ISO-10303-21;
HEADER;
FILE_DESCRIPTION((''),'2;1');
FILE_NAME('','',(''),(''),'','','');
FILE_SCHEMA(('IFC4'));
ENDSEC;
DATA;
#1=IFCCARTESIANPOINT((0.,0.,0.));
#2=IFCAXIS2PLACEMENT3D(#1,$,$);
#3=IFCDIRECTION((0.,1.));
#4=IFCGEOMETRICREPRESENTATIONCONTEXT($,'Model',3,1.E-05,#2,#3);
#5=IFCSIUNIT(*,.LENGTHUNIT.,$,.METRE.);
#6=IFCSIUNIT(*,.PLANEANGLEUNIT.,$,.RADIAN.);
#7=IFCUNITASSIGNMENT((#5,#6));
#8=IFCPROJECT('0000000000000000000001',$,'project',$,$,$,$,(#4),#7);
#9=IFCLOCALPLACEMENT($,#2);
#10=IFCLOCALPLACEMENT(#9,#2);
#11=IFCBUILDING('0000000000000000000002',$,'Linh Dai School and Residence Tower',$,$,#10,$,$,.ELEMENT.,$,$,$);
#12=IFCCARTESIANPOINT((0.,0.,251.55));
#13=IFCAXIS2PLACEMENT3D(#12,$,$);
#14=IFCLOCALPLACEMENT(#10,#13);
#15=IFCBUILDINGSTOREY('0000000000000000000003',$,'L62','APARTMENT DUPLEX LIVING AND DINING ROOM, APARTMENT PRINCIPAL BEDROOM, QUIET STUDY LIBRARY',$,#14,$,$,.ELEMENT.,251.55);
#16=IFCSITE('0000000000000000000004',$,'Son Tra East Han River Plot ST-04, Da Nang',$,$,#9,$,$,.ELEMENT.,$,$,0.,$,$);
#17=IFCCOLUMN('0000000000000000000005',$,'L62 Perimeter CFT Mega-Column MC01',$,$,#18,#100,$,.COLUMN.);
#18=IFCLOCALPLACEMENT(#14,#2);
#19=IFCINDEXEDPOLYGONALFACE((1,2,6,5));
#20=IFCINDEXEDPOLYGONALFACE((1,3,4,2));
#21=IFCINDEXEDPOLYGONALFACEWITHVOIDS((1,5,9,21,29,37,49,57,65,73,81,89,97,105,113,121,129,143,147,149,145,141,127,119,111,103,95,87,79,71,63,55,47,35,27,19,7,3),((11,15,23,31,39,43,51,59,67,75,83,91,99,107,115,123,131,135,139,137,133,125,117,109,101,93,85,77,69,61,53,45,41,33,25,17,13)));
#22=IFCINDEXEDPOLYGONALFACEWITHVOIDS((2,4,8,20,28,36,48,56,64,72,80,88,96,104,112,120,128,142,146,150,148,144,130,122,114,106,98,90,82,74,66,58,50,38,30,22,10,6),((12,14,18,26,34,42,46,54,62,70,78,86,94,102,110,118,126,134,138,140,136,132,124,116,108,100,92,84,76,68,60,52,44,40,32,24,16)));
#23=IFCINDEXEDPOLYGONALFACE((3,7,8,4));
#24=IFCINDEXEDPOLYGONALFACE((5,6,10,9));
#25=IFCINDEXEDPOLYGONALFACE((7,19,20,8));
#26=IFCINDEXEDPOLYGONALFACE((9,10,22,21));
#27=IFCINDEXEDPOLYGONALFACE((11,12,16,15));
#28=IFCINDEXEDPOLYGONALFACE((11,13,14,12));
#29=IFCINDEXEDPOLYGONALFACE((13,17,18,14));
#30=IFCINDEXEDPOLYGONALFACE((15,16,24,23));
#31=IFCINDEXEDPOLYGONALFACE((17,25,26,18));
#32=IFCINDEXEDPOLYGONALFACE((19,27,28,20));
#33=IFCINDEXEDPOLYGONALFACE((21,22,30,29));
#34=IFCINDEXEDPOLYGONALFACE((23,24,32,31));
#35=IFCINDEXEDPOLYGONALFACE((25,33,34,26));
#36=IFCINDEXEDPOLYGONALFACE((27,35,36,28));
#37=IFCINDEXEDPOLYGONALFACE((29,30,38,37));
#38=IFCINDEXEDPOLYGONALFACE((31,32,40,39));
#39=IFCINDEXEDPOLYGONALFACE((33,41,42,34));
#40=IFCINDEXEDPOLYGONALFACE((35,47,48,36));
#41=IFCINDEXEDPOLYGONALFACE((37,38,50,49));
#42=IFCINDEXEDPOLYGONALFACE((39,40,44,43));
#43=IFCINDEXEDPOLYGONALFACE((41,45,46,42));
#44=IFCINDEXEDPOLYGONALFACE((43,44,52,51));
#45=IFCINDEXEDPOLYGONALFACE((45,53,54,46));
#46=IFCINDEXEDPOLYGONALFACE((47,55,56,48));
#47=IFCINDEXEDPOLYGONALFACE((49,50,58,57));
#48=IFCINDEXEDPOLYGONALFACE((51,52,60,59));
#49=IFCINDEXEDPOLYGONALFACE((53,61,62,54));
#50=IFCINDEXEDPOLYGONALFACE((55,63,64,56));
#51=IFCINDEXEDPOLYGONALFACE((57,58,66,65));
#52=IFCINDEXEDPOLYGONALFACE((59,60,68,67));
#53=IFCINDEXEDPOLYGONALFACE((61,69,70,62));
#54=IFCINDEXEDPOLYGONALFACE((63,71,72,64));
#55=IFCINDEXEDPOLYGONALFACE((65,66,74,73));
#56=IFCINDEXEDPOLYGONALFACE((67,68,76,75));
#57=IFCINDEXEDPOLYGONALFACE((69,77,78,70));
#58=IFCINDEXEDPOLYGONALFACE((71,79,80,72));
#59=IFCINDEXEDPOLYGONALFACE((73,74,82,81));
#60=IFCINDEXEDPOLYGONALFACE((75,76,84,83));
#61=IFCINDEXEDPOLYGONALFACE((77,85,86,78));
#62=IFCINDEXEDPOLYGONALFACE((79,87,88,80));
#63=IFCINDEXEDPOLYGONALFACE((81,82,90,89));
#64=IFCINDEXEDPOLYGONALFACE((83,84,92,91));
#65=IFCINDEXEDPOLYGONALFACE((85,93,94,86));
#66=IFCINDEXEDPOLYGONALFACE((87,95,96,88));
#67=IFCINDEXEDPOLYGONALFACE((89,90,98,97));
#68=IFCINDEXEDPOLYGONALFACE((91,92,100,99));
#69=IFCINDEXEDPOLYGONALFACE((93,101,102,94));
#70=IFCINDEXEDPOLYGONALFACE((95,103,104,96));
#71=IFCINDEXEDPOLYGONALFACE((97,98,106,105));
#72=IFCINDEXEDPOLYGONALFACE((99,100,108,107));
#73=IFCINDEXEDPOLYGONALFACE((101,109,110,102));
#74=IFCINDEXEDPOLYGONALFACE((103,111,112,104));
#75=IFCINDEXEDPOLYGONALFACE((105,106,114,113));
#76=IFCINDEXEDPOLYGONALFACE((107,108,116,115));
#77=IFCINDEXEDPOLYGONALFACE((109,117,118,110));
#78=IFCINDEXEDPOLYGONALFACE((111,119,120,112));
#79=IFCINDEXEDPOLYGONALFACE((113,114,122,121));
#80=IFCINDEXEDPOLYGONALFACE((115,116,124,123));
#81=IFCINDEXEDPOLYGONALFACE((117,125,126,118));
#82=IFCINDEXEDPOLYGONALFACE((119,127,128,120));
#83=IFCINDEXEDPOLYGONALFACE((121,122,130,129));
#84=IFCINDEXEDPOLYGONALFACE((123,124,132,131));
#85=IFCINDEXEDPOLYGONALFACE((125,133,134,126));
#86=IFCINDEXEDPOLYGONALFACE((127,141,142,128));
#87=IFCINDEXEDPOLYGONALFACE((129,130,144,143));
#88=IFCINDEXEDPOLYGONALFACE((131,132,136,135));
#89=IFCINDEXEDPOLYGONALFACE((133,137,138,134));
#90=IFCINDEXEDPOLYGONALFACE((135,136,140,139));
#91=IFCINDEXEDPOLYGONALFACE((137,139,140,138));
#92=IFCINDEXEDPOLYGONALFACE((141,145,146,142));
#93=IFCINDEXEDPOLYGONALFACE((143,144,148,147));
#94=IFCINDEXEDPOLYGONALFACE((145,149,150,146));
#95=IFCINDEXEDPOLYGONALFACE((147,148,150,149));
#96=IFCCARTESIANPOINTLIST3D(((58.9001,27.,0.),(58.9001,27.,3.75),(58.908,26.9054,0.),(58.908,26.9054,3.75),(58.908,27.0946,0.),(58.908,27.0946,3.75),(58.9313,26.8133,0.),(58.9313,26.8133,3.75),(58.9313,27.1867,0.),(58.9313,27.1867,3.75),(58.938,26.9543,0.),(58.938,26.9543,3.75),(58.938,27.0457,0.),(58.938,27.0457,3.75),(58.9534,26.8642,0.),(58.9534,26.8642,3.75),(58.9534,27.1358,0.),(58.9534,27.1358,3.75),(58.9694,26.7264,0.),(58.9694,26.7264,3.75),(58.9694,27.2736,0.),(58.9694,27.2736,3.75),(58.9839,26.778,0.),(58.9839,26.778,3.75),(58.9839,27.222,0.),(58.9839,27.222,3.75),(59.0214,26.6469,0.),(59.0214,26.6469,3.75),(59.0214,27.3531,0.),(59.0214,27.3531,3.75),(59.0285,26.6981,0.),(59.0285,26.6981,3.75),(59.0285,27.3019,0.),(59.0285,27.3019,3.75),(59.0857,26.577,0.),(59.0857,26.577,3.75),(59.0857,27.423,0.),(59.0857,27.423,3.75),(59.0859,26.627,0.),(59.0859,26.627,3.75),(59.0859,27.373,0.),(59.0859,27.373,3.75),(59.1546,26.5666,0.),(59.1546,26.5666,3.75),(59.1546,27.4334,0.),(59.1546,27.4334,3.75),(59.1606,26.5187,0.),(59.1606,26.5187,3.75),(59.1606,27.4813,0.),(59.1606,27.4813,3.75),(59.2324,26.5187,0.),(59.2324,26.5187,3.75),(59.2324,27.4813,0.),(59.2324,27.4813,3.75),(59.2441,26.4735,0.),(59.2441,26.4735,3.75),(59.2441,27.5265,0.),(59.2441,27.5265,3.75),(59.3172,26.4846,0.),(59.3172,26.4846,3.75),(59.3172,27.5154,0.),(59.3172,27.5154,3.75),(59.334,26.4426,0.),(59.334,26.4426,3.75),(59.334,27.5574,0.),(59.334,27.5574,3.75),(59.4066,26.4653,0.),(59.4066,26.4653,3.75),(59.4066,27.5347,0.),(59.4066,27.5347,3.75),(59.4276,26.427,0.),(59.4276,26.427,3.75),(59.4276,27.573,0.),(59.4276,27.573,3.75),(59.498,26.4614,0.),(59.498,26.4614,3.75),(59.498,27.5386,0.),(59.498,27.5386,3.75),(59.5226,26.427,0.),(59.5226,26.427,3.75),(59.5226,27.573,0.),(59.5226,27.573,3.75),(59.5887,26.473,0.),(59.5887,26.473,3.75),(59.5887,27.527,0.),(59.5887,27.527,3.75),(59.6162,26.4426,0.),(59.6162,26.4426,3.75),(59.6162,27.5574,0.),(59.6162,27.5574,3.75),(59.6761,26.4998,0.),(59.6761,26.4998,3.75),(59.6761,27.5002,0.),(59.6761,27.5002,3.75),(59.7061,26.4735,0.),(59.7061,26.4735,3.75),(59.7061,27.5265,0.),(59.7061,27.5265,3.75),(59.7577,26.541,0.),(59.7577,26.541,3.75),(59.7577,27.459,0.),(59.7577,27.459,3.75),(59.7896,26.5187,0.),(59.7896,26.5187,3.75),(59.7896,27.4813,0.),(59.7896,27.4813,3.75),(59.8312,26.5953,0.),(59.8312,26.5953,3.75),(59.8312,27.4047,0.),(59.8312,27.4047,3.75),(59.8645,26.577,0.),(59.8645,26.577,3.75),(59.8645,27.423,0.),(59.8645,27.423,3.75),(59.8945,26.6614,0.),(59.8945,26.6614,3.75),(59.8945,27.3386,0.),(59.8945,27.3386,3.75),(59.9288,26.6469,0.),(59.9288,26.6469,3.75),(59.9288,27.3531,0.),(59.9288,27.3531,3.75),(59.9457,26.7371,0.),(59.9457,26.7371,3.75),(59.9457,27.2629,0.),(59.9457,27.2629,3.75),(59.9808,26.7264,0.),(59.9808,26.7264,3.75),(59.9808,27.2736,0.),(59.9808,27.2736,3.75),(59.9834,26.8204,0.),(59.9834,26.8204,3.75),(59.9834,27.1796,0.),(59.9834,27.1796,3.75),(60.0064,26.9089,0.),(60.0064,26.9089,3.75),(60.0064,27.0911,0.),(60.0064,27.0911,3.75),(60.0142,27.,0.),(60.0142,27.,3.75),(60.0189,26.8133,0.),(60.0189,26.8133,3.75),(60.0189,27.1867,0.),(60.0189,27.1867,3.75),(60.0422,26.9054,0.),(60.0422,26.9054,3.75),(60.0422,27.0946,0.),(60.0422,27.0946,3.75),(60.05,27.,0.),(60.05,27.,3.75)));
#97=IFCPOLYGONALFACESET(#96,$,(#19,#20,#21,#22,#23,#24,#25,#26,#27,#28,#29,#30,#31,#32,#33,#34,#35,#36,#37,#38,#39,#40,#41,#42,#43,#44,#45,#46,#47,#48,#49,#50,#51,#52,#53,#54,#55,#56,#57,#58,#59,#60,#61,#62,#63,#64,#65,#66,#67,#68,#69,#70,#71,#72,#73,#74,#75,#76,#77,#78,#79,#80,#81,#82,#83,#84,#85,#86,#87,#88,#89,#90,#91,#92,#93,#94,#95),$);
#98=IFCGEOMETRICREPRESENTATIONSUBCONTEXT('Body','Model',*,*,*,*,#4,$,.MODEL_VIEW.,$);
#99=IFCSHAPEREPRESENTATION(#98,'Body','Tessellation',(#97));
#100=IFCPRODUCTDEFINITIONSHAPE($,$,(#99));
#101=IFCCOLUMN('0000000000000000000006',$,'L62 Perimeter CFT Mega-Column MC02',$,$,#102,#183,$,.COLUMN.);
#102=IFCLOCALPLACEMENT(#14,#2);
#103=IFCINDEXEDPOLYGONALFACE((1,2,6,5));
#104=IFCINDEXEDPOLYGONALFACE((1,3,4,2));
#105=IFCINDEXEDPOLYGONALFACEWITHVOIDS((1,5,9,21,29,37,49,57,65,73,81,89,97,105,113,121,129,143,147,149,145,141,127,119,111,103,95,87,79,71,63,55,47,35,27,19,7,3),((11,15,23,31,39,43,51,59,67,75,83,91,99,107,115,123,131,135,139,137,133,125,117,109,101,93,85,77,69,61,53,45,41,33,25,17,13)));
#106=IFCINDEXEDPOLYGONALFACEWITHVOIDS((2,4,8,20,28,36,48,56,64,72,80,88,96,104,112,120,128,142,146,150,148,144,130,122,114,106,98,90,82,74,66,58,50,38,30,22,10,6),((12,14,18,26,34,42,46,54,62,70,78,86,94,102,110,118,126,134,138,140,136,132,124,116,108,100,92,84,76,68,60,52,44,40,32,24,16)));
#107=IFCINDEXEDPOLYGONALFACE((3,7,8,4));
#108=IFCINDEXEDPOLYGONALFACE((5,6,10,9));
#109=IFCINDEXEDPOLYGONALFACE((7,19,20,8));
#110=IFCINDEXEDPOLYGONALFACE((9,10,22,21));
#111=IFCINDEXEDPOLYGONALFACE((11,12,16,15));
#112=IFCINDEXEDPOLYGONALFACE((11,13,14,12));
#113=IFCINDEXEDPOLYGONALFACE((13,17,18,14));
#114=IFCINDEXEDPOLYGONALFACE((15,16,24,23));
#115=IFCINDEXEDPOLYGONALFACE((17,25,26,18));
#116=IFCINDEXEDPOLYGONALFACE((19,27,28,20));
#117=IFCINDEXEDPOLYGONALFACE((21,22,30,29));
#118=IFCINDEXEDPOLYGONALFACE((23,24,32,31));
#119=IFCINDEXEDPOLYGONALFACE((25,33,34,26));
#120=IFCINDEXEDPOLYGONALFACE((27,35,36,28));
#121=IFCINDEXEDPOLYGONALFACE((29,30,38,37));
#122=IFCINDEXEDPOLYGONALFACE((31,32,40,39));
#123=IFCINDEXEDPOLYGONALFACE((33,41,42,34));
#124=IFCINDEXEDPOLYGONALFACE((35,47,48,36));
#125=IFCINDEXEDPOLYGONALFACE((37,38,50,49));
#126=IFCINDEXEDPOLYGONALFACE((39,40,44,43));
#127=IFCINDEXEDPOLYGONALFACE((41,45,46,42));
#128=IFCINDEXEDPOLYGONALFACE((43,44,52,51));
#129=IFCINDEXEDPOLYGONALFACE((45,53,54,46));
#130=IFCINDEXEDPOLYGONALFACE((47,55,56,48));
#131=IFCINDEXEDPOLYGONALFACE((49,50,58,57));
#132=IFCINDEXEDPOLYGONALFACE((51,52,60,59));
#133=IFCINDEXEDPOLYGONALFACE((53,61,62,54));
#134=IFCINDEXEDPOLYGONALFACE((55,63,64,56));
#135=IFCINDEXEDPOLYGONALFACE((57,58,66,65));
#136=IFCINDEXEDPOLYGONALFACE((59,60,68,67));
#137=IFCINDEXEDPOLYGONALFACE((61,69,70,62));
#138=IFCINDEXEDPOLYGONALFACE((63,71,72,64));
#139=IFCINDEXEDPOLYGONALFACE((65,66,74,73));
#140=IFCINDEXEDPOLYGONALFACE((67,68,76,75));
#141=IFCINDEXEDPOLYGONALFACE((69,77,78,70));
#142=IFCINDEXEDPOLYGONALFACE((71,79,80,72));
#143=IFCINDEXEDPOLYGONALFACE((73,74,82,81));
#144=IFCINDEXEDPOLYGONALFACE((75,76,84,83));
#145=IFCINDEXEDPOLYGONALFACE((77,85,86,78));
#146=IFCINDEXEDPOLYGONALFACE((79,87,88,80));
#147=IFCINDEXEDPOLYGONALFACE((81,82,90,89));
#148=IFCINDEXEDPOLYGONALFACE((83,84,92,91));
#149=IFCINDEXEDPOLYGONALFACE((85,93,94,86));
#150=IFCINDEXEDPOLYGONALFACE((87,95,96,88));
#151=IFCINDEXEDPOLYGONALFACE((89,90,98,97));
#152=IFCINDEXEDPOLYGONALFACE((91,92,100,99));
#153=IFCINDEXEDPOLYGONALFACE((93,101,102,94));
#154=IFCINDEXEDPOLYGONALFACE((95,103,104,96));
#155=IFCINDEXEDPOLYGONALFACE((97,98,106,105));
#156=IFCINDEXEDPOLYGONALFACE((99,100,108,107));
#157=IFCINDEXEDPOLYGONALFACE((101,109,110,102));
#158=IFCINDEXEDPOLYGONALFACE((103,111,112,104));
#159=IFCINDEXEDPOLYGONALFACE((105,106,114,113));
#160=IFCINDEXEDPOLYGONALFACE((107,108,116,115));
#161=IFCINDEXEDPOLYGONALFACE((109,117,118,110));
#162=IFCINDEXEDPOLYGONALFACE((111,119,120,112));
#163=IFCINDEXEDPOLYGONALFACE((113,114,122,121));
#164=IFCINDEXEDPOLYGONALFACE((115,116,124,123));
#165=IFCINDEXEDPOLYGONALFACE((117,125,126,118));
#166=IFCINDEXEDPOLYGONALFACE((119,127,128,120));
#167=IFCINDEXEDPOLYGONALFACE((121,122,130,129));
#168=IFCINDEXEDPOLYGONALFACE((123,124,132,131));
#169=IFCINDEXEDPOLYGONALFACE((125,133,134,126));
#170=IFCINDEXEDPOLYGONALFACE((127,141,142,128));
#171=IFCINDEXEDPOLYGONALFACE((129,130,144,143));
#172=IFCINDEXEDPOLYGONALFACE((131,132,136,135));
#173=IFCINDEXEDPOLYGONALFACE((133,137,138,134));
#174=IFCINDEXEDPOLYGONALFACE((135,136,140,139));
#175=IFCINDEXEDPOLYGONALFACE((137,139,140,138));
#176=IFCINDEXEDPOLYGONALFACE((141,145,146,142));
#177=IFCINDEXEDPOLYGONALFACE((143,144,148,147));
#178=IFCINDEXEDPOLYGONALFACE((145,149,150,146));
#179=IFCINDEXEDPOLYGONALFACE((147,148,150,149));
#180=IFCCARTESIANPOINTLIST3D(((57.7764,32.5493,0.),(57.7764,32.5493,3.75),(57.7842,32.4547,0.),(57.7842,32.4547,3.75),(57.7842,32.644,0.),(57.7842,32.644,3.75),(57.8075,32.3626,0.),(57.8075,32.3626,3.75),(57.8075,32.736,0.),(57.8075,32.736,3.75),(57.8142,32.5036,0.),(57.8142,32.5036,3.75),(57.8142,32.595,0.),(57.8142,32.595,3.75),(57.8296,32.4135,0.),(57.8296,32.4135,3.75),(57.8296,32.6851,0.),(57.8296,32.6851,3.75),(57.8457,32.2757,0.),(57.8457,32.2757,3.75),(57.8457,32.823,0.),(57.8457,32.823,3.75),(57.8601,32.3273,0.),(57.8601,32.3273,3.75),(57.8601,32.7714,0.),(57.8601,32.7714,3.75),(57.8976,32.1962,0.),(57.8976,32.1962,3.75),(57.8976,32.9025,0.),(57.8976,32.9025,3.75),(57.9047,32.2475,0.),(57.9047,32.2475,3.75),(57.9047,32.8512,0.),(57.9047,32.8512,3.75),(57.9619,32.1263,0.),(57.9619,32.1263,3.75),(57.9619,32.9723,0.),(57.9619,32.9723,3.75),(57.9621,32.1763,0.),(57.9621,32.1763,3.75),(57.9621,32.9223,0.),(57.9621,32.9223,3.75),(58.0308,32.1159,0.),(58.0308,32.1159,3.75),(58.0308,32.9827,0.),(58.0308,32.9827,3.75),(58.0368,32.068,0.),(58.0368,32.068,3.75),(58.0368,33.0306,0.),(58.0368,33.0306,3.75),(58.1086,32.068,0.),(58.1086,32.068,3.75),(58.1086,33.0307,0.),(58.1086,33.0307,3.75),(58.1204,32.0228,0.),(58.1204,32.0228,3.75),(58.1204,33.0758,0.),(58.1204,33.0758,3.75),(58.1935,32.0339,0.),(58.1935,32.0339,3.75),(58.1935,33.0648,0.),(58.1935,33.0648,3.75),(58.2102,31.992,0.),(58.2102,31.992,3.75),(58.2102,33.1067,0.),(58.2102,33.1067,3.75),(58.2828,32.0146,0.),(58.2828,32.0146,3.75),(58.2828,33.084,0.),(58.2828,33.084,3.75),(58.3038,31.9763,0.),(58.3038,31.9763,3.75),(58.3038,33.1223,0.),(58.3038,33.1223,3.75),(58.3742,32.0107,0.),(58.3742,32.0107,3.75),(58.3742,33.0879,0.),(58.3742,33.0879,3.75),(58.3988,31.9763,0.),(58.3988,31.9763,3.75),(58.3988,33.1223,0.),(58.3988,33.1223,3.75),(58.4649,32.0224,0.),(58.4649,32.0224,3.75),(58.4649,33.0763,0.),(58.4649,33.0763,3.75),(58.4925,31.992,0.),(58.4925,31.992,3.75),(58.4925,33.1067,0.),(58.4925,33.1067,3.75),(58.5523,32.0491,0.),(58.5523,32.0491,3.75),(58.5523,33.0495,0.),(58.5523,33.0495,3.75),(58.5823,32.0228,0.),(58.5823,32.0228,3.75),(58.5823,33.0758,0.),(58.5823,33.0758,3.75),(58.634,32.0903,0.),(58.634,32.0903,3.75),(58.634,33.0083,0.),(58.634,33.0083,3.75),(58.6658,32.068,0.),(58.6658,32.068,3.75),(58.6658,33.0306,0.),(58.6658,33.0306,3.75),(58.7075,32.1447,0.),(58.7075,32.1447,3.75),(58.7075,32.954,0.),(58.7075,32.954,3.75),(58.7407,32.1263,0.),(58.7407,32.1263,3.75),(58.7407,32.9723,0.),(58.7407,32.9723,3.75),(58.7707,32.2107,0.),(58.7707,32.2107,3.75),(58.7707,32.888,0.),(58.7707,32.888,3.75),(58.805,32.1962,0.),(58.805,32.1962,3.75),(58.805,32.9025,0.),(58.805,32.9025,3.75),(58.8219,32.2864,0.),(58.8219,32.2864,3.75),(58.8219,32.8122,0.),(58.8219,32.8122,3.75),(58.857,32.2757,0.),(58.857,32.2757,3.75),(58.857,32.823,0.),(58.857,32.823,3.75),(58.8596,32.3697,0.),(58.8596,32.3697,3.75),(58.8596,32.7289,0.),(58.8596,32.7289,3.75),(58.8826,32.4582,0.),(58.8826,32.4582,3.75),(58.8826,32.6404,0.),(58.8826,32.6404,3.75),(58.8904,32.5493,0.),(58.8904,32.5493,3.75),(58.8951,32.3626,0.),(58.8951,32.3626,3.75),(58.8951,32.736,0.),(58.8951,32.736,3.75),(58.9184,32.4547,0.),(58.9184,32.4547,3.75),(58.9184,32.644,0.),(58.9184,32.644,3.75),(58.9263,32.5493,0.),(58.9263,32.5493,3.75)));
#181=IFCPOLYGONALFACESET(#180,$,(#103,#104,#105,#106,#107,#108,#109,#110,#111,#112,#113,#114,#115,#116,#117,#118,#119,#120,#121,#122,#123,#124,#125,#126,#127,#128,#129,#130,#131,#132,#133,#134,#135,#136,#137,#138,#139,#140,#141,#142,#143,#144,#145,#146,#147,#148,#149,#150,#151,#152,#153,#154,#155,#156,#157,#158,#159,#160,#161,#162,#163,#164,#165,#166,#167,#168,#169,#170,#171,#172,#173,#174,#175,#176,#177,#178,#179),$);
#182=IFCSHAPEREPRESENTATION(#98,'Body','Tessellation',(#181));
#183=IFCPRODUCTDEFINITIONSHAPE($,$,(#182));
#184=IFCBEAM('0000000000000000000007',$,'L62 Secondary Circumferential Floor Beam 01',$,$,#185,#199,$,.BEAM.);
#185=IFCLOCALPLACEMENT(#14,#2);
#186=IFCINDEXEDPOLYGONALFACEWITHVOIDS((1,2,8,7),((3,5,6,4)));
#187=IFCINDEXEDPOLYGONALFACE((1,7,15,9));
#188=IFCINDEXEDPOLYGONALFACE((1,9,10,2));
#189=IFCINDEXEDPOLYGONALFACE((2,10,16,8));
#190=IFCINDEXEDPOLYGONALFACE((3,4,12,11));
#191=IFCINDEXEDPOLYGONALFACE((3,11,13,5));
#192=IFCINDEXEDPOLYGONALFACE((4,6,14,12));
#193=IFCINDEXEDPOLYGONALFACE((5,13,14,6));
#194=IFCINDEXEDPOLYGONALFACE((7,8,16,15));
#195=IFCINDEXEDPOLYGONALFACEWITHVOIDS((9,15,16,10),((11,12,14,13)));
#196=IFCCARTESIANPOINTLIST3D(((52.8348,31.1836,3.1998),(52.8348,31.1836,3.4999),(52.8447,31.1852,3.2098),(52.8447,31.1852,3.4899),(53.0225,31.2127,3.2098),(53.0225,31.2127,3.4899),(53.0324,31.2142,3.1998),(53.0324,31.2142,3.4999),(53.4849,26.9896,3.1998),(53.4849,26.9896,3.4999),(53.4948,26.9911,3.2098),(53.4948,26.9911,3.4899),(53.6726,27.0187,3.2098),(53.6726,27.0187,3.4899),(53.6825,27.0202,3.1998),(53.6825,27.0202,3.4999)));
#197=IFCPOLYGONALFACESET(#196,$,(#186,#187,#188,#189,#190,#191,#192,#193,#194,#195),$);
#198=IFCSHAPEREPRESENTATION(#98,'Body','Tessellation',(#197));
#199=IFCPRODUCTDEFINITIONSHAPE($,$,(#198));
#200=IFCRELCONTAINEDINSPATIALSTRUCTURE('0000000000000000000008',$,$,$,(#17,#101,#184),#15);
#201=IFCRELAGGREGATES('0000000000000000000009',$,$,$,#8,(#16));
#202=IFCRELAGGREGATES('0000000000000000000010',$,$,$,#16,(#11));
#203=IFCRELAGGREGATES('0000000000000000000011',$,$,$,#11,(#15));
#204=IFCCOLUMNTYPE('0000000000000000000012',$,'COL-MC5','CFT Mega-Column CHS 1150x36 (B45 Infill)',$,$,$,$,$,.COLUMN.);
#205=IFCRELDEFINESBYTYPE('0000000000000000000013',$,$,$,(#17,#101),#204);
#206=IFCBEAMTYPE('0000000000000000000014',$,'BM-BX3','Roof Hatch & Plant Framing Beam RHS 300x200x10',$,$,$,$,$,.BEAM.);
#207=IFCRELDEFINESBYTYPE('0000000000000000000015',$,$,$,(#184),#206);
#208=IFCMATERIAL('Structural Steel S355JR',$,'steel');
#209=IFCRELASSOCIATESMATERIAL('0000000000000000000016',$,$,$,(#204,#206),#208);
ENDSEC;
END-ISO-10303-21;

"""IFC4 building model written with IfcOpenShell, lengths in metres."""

from ifc_helpers import new_model, si_unit, direction, frame, origin, origin_2d, place, context, subcontext, project, spatial, hollow_rectangle, hollow_circle, extrude, material, material_profile, profile_set, type_object, element, save


model = new_model("IFC4")

# Units and contexts
model_context = context("Model", 3, precision=1e-05, world=origin(), true_north=direction((0.0, 1.0)))
body_context = subcontext(model_context, "Body", "Model", "MODEL_VIEW")
ifc_project = project(units=[si_unit("LENGTHUNIT", "METRE"), si_unit("PLANEANGLEUNIT", "RADIAN")], contexts=[model_context])

# Site, building, storey
site_placement = place(None, origin())
site = spatial("IfcSite", under=ifc_project, at=site_placement, Name="Son Tra East Han River Plot ST-04, Da Nang", CompositionType="ELEMENT", RefElevation=0.0)
building_placement = place(site_placement, origin())
building = spatial("IfcBuilding", under=site, at=building_placement, Name="Linh Dai School and Residence Tower", CompositionType="ELEMENT")
storey_placement = place(building_placement, frame((0.0, 0.0, 251.55)))
storey = spatial("IfcBuildingStorey", under=building, at=storey_placement, Name="L62", Description="APARTMENT DUPLEX LIVING AND DINING ROOM, APARTMENT PRINCIPAL BEDROOM, QUIET STUDY LIBRARY", CompositionType="ELEMENT", Elevation=251.55)

# Columns
ifc_material_1 = material(Name="Structural Steel S355JR", Category="steel")
ifc_material_profile_1 = material_profile(ifc_material_1, hollow_circle(Radius=0.575, WallThickness=0.0359, at=origin_2d()), Name="CHS 1150x36")
ifc_profile_set_1 = profile_set([ifc_material_profile_1], Name="Structural Steel S355JR")
column_type = type_object("IfcColumnType", Name="COL-MC5", Description="CFT Mega-Column CHS 1150x36 (B45 Infill)", PredefinedType="COLUMN", material=ifc_profile_set_1)
for number, where, z_axis, x_axis, name in (
    (1, (59.4751, 27.0, 0.0), (0.0, 0.0, 1.0), (1.0, 0.0, 0.0), "L62 Perimeter CFT Mega-Column MC01"),
    (2, (58.3513, 32.5493, 0.0), (0.0, 0.0, 1.0), (1.0, 0.0, 0.0), "L62 Perimeter CFT Mega-Column MC02"),
):
    element("IfcColumn", number, at=place(storey_placement, frame(where, z_axis=z_axis, x_axis=x_axis)), inside=storey, type_object=column_type, Name=name, PredefinedType="COLUMN", context=body_context, shape_type="SweptSolid", body=[
        extrude(hollow_circle(Radius=0.575, WallThickness=0.0359, at=origin_2d()), origin(), (0.0, 0.0, 1.0), 3.75),
    ])

# Beam
ifc_material_profile_2 = material_profile(ifc_material_1, hollow_rectangle(XDim=0.2, YDim=0.3, WallThickness=0.01, at=origin_2d()), Name="RHS 300x200x10")
ifc_profile_set_2 = profile_set([ifc_material_profile_2], Name="Structural Steel S355JR")
beam_type_1 = type_object("IfcBeamType", Name="BM-BX3", Description="Roof Hatch & Plant Framing Beam RHS 300x200x10", PredefinedType="BEAM", material=ifc_profile_set_2)
beam_1_placement = place(storey_placement, frame((53.5837, 27.0049, 3.3499), z_axis=(-0.153185, 0.988197, 0.0), x_axis=(-0.988197, -0.153185, 0.0)))
element("IfcBeam", 3, at=beam_1_placement, inside=storey, type_object=beam_type_1, Name="L62 Secondary Circumferential Floor Beam 01", PredefinedType="BEAM", context=body_context, shape_type="SweptSolid", body=[
    extrude(hollow_rectangle(XDim=0.2, YDim=0.3, WallThickness=0.01, at=origin_2d()), origin(), (0.0, 0.0, 1.0), 4.2441),
])

save(model, "model.ifc")
